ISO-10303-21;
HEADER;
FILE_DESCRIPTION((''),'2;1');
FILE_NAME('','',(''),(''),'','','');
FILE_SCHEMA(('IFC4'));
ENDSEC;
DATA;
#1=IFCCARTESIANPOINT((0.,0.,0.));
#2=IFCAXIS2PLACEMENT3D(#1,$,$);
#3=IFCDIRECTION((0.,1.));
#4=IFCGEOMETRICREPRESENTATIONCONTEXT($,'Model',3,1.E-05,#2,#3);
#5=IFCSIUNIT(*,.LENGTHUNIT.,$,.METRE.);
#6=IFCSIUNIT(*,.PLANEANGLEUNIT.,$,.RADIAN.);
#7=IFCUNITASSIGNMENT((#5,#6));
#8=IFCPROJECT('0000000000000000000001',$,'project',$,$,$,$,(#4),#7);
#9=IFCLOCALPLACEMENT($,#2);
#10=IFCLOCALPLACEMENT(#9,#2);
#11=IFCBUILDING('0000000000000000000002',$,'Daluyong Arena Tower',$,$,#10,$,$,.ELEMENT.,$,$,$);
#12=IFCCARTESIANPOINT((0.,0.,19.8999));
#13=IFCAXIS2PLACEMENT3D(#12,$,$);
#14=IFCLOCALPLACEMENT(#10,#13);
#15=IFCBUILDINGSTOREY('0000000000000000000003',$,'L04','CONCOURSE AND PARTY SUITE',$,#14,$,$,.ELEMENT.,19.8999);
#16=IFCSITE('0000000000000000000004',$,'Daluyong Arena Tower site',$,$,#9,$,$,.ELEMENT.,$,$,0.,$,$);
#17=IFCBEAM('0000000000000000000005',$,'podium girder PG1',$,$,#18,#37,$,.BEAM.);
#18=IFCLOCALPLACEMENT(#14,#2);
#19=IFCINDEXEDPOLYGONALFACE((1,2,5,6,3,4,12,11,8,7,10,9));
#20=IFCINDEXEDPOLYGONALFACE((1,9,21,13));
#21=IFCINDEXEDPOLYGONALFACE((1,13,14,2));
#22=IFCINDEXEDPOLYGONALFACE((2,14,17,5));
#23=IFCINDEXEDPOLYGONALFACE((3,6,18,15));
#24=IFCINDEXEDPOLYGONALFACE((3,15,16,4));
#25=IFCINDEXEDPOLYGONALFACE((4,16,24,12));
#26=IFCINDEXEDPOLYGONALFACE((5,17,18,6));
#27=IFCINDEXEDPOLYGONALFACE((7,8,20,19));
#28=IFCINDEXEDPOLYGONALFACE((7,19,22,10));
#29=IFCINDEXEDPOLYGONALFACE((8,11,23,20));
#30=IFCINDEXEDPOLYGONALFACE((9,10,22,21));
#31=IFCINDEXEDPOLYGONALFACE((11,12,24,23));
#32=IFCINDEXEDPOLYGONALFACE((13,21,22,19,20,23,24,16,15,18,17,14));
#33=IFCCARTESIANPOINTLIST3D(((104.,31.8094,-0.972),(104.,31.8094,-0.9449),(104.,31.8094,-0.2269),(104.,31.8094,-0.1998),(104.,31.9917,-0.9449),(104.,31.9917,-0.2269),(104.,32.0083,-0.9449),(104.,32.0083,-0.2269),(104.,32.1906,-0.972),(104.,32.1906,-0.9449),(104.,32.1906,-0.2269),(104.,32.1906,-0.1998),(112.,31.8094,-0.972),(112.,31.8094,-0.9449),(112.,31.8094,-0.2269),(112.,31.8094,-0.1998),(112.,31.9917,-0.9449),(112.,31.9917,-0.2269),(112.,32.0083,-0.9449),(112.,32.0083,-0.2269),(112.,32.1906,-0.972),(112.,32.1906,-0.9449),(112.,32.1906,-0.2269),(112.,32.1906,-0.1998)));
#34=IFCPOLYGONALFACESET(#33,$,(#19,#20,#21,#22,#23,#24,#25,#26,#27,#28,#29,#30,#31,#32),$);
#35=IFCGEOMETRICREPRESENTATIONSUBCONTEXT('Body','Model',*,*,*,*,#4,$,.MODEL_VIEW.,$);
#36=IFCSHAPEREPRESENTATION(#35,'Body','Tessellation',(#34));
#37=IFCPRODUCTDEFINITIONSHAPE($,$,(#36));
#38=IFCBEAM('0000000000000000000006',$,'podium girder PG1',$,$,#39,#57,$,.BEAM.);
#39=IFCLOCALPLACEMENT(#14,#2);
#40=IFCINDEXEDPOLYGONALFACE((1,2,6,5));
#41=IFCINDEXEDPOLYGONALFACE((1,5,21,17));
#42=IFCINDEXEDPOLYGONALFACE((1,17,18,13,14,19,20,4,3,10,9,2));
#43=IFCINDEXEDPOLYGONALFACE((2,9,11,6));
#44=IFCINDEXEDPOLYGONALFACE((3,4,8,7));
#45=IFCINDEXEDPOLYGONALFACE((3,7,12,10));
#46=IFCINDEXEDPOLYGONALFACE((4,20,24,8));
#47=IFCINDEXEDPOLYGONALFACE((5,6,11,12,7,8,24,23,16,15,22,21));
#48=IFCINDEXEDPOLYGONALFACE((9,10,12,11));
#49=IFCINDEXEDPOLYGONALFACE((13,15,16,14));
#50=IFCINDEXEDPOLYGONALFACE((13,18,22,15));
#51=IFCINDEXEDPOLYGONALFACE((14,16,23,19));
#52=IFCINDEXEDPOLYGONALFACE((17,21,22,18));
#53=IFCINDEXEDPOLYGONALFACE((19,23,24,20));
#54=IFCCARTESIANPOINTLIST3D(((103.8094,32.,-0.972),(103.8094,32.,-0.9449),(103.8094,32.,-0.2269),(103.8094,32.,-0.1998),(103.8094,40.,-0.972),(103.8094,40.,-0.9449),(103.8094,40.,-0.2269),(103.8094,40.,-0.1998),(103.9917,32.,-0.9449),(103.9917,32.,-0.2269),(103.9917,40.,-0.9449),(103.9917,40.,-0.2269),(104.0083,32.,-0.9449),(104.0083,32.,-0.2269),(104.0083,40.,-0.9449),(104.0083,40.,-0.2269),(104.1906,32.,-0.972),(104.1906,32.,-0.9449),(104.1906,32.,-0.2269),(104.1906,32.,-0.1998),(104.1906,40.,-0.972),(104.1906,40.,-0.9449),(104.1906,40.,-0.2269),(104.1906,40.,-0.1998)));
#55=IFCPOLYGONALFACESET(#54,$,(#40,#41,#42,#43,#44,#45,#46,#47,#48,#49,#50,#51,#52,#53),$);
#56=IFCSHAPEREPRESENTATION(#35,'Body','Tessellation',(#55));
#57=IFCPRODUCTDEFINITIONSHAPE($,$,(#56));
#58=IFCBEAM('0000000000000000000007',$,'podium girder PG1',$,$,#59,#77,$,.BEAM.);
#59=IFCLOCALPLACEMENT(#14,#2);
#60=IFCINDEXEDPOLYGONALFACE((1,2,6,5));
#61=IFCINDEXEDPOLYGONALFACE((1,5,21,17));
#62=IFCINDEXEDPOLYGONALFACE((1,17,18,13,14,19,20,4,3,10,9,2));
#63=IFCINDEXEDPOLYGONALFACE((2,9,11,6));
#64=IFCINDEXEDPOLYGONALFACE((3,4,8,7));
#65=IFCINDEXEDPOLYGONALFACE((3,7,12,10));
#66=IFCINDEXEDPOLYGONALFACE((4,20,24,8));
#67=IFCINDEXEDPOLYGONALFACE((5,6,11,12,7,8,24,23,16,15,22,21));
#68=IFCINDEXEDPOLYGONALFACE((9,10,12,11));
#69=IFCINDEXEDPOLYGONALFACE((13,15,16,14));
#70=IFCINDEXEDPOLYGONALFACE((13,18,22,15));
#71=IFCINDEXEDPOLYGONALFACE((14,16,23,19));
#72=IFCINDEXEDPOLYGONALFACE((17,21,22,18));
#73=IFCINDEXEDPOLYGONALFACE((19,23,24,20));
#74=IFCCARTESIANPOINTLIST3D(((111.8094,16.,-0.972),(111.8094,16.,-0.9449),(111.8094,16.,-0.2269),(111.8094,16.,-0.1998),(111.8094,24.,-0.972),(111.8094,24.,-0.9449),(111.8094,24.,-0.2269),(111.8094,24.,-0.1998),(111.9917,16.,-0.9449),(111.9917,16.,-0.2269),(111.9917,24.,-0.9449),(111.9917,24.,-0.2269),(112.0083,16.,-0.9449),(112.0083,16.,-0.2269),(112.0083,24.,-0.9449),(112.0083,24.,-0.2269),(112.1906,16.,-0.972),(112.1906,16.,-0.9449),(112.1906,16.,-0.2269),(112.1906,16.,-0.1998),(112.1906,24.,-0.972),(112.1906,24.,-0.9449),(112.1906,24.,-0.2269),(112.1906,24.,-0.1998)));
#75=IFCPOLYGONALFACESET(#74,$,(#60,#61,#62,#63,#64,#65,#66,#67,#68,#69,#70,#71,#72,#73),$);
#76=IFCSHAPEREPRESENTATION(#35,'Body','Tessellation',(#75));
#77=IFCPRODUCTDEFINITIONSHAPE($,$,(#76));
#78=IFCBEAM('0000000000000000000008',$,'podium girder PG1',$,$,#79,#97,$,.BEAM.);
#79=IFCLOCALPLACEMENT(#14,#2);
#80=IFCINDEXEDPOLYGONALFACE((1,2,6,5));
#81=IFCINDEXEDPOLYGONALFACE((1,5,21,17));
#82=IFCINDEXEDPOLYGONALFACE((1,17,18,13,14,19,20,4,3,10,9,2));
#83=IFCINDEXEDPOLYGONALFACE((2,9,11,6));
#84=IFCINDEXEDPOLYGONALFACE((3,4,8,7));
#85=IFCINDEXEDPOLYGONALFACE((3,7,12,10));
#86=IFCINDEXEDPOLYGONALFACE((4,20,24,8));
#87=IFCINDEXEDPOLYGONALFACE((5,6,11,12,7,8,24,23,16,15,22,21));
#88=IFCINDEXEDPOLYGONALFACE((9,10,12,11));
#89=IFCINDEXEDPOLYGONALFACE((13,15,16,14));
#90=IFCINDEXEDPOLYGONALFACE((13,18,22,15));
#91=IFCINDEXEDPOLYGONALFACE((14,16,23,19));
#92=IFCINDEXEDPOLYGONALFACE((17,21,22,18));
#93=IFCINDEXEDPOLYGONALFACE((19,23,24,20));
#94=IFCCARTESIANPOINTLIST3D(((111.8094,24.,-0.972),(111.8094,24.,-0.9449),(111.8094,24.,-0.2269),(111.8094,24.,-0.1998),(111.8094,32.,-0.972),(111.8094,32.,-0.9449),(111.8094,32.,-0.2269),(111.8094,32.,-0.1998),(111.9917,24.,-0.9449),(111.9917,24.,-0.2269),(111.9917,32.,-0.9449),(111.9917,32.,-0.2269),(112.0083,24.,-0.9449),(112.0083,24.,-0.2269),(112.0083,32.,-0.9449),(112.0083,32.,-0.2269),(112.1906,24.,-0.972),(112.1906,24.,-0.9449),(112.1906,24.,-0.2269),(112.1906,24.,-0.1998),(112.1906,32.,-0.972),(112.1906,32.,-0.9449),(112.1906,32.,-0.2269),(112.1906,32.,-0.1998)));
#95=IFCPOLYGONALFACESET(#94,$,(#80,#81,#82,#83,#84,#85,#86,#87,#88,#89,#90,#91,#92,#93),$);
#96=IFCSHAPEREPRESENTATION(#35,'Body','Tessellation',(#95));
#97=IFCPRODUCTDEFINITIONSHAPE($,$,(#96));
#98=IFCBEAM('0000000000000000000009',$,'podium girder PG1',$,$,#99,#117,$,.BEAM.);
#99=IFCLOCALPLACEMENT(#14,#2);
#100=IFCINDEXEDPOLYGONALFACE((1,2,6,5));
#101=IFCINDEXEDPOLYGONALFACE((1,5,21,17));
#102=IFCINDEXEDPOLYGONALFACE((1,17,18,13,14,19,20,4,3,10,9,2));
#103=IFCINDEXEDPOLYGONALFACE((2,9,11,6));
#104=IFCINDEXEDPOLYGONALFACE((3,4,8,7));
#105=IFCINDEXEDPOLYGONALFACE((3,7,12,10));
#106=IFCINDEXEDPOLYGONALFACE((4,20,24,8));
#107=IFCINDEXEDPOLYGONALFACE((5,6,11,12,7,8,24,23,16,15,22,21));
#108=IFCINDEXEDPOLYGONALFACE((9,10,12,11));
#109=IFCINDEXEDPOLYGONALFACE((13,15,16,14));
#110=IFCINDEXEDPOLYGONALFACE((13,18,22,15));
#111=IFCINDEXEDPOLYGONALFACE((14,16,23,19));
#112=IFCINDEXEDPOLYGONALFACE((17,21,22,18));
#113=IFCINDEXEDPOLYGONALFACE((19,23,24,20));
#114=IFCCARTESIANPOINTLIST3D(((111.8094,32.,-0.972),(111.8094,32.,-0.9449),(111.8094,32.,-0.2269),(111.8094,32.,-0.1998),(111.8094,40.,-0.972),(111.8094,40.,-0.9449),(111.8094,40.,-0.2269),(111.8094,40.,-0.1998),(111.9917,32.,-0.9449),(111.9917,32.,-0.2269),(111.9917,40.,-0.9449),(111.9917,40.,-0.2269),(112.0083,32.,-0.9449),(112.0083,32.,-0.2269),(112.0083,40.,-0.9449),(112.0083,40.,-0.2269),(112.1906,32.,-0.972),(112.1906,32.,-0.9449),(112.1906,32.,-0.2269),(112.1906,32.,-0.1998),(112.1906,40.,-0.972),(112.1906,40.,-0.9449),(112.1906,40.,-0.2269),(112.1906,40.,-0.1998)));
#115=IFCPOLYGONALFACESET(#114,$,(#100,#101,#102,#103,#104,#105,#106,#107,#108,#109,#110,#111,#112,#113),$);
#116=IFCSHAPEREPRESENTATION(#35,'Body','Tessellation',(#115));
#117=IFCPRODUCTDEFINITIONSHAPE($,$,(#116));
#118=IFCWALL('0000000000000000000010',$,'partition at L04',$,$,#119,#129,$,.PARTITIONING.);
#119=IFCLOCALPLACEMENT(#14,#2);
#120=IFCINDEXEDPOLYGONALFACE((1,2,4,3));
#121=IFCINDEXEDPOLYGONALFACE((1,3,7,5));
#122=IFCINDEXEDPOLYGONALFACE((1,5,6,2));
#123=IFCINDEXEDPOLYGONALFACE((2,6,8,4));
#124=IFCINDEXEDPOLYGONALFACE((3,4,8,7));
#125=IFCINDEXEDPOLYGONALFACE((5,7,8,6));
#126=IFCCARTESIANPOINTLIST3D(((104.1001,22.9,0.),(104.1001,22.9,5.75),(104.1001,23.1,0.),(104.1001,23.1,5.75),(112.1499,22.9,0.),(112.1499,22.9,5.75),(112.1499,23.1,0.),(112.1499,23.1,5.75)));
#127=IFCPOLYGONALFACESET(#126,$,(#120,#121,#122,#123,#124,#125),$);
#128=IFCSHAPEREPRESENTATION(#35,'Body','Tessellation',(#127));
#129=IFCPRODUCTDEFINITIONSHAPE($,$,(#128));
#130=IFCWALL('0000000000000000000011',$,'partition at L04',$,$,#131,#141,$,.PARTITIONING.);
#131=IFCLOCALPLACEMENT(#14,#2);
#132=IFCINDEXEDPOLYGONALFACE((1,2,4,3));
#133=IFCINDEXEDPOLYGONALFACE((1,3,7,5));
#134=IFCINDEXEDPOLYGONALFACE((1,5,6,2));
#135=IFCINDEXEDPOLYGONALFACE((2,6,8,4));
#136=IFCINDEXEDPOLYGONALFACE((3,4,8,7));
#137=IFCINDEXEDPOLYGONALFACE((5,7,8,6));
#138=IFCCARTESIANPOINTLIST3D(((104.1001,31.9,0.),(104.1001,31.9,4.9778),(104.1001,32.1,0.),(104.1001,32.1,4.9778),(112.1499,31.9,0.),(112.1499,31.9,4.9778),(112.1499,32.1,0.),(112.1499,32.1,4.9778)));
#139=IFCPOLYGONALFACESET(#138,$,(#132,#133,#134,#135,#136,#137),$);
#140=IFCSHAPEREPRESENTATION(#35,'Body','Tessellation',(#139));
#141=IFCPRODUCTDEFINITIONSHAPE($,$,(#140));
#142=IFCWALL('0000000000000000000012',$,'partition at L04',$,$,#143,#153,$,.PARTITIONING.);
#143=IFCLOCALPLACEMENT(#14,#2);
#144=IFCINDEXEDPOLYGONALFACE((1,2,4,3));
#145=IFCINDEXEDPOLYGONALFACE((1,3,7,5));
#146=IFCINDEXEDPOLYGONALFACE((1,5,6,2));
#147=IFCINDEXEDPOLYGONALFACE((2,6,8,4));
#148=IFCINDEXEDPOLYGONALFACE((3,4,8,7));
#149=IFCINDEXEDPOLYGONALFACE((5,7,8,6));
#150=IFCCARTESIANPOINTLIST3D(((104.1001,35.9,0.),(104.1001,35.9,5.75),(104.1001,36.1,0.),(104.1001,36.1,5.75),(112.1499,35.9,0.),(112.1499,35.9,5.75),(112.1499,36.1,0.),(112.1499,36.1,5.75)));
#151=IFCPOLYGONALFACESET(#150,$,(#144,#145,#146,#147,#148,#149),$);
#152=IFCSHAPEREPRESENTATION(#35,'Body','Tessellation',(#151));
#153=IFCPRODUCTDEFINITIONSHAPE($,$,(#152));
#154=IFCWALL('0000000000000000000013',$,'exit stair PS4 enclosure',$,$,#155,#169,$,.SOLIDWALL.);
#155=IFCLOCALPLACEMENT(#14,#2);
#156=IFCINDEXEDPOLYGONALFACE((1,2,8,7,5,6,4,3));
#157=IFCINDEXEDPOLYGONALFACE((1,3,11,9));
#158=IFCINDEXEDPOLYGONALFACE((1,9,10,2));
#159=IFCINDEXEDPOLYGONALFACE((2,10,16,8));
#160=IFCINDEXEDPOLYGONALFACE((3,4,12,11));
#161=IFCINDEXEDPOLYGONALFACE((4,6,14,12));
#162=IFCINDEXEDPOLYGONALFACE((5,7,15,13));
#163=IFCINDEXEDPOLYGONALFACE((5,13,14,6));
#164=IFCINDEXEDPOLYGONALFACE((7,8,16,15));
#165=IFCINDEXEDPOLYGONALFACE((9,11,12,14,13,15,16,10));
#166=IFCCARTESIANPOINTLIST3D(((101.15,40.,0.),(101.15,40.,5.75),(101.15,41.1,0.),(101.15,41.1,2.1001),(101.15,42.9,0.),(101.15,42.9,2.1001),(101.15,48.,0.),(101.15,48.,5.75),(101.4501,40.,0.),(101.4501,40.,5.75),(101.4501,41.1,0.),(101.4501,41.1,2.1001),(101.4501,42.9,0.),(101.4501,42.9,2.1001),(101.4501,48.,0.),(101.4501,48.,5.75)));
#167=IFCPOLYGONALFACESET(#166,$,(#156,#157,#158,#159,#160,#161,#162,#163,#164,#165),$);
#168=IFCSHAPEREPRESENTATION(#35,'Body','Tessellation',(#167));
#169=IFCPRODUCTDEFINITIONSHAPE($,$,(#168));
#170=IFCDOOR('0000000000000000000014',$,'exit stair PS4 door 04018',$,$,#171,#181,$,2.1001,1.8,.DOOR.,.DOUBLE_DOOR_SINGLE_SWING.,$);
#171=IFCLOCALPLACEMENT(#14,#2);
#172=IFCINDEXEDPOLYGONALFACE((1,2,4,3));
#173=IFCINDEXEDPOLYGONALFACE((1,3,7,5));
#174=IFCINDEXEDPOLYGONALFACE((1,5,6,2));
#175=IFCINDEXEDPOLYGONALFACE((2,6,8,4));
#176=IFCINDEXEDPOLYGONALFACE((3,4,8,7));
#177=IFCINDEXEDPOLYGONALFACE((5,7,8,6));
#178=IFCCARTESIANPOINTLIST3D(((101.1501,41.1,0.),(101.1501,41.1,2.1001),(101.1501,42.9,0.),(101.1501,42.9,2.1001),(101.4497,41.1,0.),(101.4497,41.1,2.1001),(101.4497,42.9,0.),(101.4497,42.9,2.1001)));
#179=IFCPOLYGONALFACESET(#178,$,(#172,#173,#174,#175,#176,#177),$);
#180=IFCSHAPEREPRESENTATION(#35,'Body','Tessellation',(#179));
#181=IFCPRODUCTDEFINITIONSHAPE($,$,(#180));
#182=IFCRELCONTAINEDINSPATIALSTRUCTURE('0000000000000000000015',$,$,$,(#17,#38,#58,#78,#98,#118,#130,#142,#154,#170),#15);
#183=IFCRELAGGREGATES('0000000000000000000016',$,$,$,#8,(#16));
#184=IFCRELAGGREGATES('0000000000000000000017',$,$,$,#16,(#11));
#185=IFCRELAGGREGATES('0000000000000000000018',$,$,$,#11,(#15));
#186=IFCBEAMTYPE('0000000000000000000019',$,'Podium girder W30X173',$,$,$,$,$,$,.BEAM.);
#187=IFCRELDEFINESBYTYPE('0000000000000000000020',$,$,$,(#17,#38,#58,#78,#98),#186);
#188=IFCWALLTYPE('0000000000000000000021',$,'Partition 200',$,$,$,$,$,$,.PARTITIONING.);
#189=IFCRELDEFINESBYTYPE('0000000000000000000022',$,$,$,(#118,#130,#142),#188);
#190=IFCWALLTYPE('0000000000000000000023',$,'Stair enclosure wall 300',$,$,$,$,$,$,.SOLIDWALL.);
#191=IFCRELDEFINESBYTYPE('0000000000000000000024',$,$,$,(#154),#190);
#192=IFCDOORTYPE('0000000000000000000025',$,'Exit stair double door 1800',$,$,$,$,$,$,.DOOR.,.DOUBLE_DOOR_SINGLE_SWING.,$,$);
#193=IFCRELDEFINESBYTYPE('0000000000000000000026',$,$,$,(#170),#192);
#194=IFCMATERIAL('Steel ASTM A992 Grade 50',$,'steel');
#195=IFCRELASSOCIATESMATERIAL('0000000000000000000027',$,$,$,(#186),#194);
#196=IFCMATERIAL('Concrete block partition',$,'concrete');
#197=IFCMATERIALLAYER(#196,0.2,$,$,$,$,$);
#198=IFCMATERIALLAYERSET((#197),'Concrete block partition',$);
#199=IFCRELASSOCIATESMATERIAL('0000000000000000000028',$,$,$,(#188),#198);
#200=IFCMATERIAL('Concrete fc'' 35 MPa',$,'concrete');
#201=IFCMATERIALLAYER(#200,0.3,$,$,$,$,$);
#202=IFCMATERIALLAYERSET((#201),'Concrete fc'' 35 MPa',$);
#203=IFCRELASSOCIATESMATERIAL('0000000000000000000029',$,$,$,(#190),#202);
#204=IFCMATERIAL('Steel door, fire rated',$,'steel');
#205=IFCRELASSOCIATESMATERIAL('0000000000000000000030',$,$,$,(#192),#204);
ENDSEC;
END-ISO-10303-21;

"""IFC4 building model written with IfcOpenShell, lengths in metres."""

from ifc_helpers import new_model, si_unit, direction, frame, frame_2d, origin, origin_2d, place, context, subcontext, project, spatial, rectangle, i_section, extrude, material, layer, layer_set, material_profile, profile_set, type_object, element, fill, save


model = new_model("IFC4")

# Units and contexts
model_context = context("Model", 3, precision=1e-05, world=origin(), true_north=direction((0.0, 1.0)))
body_context = subcontext(model_context, "Body", "Model", "MODEL_VIEW")
ifc_project = project(units=[si_unit("LENGTHUNIT", "METRE"), si_unit("PLANEANGLEUNIT", "RADIAN")], contexts=[model_context])

# Site, building, storey
site_placement = place(None, origin())
site = spatial("IfcSite", under=ifc_project, at=site_placement, Name="Daluyong Arena Tower site", CompositionType="ELEMENT", RefElevation=0.0)
building_placement = place(site_placement, origin())
building = spatial("IfcBuilding", under=site, at=building_placement, Name="Daluyong Arena Tower", CompositionType="ELEMENT")
storey_placement = place(building_placement, frame((0.0, 0.0, 19.8999)))
storey = spatial("IfcBuildingStorey", under=building, at=storey_placement, Name="L04", Description="CONCOURSE AND PARTY SUITE", CompositionType="ELEMENT", Elevation=19.8999)

# Beams
ifc_material_1 = material(Name="Steel ASTM A992 Grade 50", Category="steel")
ifc_material_profile_1 = material_profile(ifc_material_1, i_section(OverallWidth=0.3811, OverallDepth=0.7722, WebThickness=0.0166, FlangeThickness=0.0271, at=origin_2d()))
ifc_profile_set_1 = profile_set([ifc_material_profile_1], Name="Steel ASTM A992 Grade 50")
beam_type_1 = type_object("IfcBeamType", Name="Podium girder W30X173", PredefinedType="BEAM", material=ifc_profile_set_1)
for number, where, z_axis, x_axis, name in (
    (1, (104.0, 32.0, -0.5859), (1.0, 0.0, 0.0), (0.0, 1.0, 0.0), "podium girder PG1"),
    (2, (104.0, 32.0, -0.5859), (0.0, 1.0, 0.0), (-1.0, 0.0, 0.0), "podium girder PG1"),
    (3, (112.0, 16.0, -0.5859), (0.0, 1.0, 0.0), (-1.0, 0.0, 0.0), "podium girder PG1"),
    (4, (112.0, 24.0, -0.5859), (0.0, 1.0, 0.0), (-1.0, 0.0, 0.0), "podium girder PG1"),
    (5, (112.0, 32.0, -0.5859), (0.0, 1.0, 0.0), (-1.0, 0.0, 0.0), "podium girder PG1"),
):
    element("IfcBeam", number, at=place(storey_placement, frame(where, z_axis=z_axis, x_axis=x_axis)), inside=storey, type_object=beam_type_1, Name=name, PredefinedType="BEAM", context=body_context, shape_type="SweptSolid", body=[
        extrude(i_section(OverallWidth=0.3811, OverallDepth=0.7722, WebThickness=0.0166, FlangeThickness=0.0271, at=origin_2d()), origin(), (0.0, 0.0, 1.0), 8.0),
    ])

# Walls
ifc_material_2 = material(Name="Concrete block partition", Category="concrete")
ifc_layer_1 = layer(ifc_material_2, 0.2)
ifc_layer_set_1 = layer_set([ifc_layer_1], Name="Concrete block partition")
wall_type_1 = type_object("IfcWallType", Name="Partition 200", PredefinedType="PARTITIONING", material=ifc_layer_set_1)
wall_1_placement = place(storey_placement, frame((104.1001, 23.0, 0.0), z_axis=(0.0, 0.0, 1.0), x_axis=(1.0, 0.0, 0.0)))
element("IfcWall", 6, at=wall_1_placement, inside=storey, type_object=wall_type_1, Name="partition at L04", PredefinedType="PARTITIONING", context=body_context, shape_type="SweptSolid", body=[
    extrude(rectangle(XDim=8.0498, YDim=0.2, at=frame_2d((4.0249, 0.0))), origin(), (0.0, 0.0, 1.0), 5.75),
])
wall_2_placement = place(storey_placement, frame((104.1001, 32.0, 0.0), z_axis=(0.0, 0.0, 1.0), x_axis=(1.0, 0.0, 0.0)))
element("IfcWall", 7, at=wall_2_placement, inside=storey, type_object=wall_type_1, Name="partition at L04", PredefinedType="PARTITIONING", context=body_context, shape_type="SweptSolid", body=[
    extrude(rectangle(XDim=8.0498, YDim=0.2, at=frame_2d((4.0249, 0.0))), origin(), (0.0, 0.0, 1.0), 4.9778),
])
wall_3_placement = place(storey_placement, frame((104.1001, 36.0, 0.0), z_axis=(0.0, 0.0, 1.0), x_axis=(1.0, 0.0, 0.0)))
element("IfcWall", 8, at=wall_3_placement, inside=storey, type_object=wall_type_1, Name="partition at L04", PredefinedType="PARTITIONING", context=body_context, shape_type="SweptSolid", body=[
    extrude(rectangle(XDim=8.0498, YDim=0.2, at=frame_2d((4.0249, 0.0))), origin(), (0.0, 0.0, 1.0), 5.75),
])

# Wall, opening, door
ifc_material_3 = material(Name="Concrete fc' 35 MPa", Category="concrete")
ifc_layer_2 = layer(ifc_material_3, 0.3)
ifc_layer_set_2 = layer_set([ifc_layer_2], Name="Concrete fc' 35 MPa")
wall_type_2 = type_object("IfcWallType", Name="Stair enclosure wall 300", PredefinedType="SOLIDWALL", material=ifc_layer_set_2)
wall_4_placement = place(storey_placement, frame((101.3, 40.0, 0.0), z_axis=(0.0, 0.0, 1.0), x_axis=(0.0, 1.0, 0.0)))
wall_4 = element("IfcWall", 9, at=wall_4_placement, inside=storey, type_object=wall_type_2, Name="exit stair PS4 enclosure", PredefinedType="SOLIDWALL", context=body_context, shape_type="SweptSolid", body=[
    extrude(rectangle(XDim=8.0, YDim=0.3, at=frame_2d((4.0, 0.0))), origin(), (0.0, 0.0, 1.0), 5.75),
])
opening_placement = place(wall_4_placement, frame((1.1001, 0.0, 0.0)))
opening = element("IfcOpeningElement", 10, at=opening_placement, cuts=wall_4, PredefinedType="OPENING", context=body_context, shape_type="SweptSolid", body=[
    extrude(rectangle(XDim=1.8, YDim=2.1001, at=frame_2d((0.8999, 1.05))), frame((0.0, 0.1599, 0.0), z_axis=(0.0, -1.0, 0.0), x_axis=(1.0, 0.0, 0.0)), (0.0, 0.0, 1.0), 0.3201),
])
ifc_material_4 = material(Name="Steel door, fire rated", Category="steel")
door_type = type_object("IfcDoorType", Name="Exit stair double door 1800", OperationType="DOUBLE_DOOR_SINGLE_SWING", PredefinedType="DOOR", material=ifc_material_4)
door_placement = place(opening_placement, origin())
door = element("IfcDoor", 11, at=door_placement, inside=storey, type_object=door_type, Name="exit stair PS4 door 04018", OperationType="DOUBLE_DOOR_SINGLE_SWING", OverallHeight=2.1001, OverallWidth=1.8, PredefinedType="DOOR", context=body_context, shape_type="SweptSolid", body=[
    extrude(rectangle(XDim=1.8, YDim=2.1001, at=frame_2d((0.8999, 1.05))), frame((0.0, 0.1499, 0.0), z_axis=(0.0, -1.0, 0.0), x_axis=(1.0, 0.0, 0.0)), (0.0, 0.0, 1.0), 0.2996),
])
fill(opening, door)

save(model, "model.ifc")
